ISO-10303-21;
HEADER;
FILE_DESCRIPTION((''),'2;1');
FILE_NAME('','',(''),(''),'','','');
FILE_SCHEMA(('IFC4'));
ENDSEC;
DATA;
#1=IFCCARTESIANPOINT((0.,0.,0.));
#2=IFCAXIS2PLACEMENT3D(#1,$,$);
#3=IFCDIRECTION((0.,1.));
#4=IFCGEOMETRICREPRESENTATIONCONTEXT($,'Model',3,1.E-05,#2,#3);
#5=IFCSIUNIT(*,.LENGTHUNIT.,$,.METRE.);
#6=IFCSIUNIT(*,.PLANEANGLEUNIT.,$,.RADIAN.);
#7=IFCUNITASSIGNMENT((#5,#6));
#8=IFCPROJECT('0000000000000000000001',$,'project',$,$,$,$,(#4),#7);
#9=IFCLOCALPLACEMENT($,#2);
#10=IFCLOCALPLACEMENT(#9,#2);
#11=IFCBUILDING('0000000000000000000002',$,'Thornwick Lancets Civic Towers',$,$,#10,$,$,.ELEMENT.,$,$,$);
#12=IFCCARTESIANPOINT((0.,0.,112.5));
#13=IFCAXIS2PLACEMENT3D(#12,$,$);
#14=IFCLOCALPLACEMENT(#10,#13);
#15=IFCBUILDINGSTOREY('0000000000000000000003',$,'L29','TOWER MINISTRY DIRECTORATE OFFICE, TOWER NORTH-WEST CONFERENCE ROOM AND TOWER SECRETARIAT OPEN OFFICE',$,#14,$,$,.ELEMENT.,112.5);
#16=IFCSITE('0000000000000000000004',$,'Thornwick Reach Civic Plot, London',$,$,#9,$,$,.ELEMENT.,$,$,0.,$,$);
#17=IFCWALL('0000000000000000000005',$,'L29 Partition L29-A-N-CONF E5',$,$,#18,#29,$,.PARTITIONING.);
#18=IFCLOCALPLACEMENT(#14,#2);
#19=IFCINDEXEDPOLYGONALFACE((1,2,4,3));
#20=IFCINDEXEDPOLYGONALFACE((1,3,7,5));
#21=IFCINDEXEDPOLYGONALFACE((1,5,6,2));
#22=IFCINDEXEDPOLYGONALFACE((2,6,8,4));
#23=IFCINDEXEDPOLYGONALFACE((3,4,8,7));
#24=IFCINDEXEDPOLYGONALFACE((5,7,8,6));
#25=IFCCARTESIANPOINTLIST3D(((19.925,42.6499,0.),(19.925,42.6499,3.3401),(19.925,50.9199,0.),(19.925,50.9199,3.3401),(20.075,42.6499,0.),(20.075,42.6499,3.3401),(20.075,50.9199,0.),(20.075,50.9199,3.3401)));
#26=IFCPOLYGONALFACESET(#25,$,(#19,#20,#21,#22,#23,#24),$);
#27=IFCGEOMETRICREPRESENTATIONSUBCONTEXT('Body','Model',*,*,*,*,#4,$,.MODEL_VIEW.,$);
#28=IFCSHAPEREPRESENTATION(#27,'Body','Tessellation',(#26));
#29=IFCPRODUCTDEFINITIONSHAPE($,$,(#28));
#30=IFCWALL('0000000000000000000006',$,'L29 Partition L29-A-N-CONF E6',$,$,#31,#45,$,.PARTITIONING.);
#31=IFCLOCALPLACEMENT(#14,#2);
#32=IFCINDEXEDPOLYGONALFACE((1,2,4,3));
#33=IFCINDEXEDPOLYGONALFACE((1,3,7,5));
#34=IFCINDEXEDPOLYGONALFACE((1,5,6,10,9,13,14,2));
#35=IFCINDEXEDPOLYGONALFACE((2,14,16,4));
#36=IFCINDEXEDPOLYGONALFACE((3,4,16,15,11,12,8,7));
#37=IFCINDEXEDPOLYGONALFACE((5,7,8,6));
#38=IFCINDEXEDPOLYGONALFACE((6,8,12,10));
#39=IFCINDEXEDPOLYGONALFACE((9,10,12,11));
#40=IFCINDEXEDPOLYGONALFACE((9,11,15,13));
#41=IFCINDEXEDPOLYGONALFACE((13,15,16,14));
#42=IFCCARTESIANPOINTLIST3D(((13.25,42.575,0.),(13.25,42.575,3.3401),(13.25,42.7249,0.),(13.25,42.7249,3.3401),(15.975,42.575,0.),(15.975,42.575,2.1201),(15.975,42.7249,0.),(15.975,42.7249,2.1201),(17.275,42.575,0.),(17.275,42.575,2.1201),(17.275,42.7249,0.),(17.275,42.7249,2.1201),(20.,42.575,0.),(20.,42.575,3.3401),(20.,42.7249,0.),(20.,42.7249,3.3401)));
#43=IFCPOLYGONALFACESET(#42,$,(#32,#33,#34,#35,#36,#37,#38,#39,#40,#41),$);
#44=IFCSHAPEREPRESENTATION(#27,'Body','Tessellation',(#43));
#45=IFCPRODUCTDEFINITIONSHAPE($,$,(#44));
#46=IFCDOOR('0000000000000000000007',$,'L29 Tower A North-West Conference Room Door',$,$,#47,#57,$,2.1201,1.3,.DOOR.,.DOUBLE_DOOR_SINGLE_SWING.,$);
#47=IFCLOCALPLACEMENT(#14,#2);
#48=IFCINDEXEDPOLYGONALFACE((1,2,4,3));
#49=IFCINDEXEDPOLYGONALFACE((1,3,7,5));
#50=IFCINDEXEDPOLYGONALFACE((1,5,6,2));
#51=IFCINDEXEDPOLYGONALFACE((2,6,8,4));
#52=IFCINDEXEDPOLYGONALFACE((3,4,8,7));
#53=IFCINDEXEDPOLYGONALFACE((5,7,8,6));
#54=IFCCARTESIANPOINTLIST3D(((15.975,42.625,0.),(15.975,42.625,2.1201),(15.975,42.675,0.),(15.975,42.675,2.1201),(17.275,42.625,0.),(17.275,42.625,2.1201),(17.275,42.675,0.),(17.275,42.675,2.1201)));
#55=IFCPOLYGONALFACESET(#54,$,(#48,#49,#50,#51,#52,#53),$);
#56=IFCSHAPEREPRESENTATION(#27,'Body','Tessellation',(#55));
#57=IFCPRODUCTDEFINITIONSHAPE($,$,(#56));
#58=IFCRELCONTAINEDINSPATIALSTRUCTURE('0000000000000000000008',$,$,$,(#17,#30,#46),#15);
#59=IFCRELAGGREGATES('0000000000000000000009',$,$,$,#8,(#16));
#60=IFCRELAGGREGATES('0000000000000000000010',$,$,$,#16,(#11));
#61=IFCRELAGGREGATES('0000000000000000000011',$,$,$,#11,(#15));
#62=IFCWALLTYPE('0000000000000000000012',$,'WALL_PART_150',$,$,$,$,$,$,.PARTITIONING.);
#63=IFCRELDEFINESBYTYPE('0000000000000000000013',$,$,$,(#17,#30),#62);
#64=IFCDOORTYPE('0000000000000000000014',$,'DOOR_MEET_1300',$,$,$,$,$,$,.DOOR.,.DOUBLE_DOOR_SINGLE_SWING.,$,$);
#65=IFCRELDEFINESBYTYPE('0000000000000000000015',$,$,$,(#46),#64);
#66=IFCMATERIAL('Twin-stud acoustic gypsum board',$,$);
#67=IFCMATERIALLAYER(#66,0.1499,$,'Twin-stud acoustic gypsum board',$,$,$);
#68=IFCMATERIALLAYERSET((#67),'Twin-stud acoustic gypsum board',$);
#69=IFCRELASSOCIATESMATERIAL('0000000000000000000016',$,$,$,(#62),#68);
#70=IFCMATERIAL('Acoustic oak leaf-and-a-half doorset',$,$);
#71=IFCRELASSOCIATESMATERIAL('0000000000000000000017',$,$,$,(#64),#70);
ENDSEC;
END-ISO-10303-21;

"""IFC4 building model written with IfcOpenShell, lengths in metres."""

from ifc_helpers import new_model, si_unit, direction, frame, frame_2d, origin, place, context, subcontext, project, spatial, rectangle, extrude, material, layer, layer_set, type_object, element, fill, save


model = new_model("IFC4")

# Units and contexts
model_context = context("Model", 3, precision=1e-05, world=origin(), true_north=direction((0.0, 1.0)))
body_context = subcontext(model_context, "Body", "Model", "MODEL_VIEW")
ifc_project = project(units=[si_unit("LENGTHUNIT", "METRE"), si_unit("PLANEANGLEUNIT", "RADIAN")], contexts=[model_context])

# Site, building, storey
site_placement = place(None, origin())
site = spatial("IfcSite", under=ifc_project, at=site_placement, Name="Thornwick Reach Civic Plot, London", CompositionType="ELEMENT", RefElevation=0.0)
building_placement = place(site_placement, origin())
building = spatial("IfcBuilding", under=site, at=building_placement, Name="Thornwick Lancets Civic Towers", CompositionType="ELEMENT")
storey_placement = place(building_placement, frame((0.0, 0.0, 112.5)))
storey = spatial("IfcBuildingStorey", under=building, at=storey_placement, Name="L29", Description="TOWER MINISTRY DIRECTORATE OFFICE, TOWER NORTH-WEST CONFERENCE ROOM AND TOWER SECRETARIAT OPEN OFFICE", CompositionType="ELEMENT", Elevation=112.5)

# Wall
ifc_material_1 = material(Name="Twin-stud acoustic gypsum board")
ifc_layer_1 = layer(ifc_material_1, 0.1499, Name="Twin-stud acoustic gypsum board")
ifc_layer_set_1 = layer_set([ifc_layer_1], Name="Twin-stud acoustic gypsum board")
wall_type_1 = type_object("IfcWallType", Name="WALL_PART_150", PredefinedType="PARTITIONING", material=ifc_layer_set_1)
wall_1_placement = place(storey_placement, frame((20.0, 50.9199, 0.0), z_axis=(0.0, 0.0, 1.0), x_axis=(0.0, -1.0, 0.0)))
element("IfcWall", 1, at=wall_1_placement, inside=storey, type_object=wall_type_1, Name="L29 Partition L29-A-N-CONF E5", PredefinedType="PARTITIONING", context=body_context, shape_type="SweptSolid", body=[
    extrude(rectangle(XDim=8.27, YDim=0.1499, at=frame_2d((4.135, 0.0))), origin(), (0.0, 0.0, 1.0), 3.3401),
])

# Wall, opening, door
wall_2_placement = place(storey_placement, frame((20.0, 42.6499, 0.0), z_axis=(0.0, 0.0, 1.0), x_axis=(-1.0, 0.0, 0.0)))
wall_2 = element("IfcWall", 2, at=wall_2_placement, inside=storey, type_object=wall_type_1, Name="L29 Partition L29-A-N-CONF E6", PredefinedType="PARTITIONING", context=body_context, shape_type="SweptSolid", body=[
    extrude(rectangle(XDim=6.75, YDim=0.1499, at=frame_2d((3.375, 0.0))), origin(), (0.0, 0.0, 1.0), 3.3401),
])
opening_1_placement = place(wall_2_placement, frame((2.7251, 0.0, 0.0)))
opening_1 = element("IfcOpeningElement", 3, at=opening_1_placement, cuts=wall_2, PredefinedType="OPENING", context=body_context, shape_type="SweptSolid", body=[
    extrude(rectangle(XDim=1.3, YDim=2.1201, at=frame_2d((0.6499, 1.0601))), frame((0.0, 0.085, 0.0), z_axis=(0.0, -1.0, 0.0), x_axis=(1.0, 0.0, 0.0)), (0.0, 0.0, 1.0), 0.1699),
])
ifc_material_2 = material(Name="Acoustic oak leaf-and-a-half doorset")
door_type_1 = type_object("IfcDoorType", Name="DOOR_MEET_1300", OperationType="DOUBLE_DOOR_SINGLE_SWING", PredefinedType="DOOR", material=ifc_material_2)
door_1_placement = place(opening_1_placement, origin())
door_1 = element("IfcDoor", 4, at=door_1_placement, inside=storey, type_object=door_type_1, Name="L29 Tower A North-West Conference Room Door", OperationType="DOUBLE_DOOR_SINGLE_SWING", OverallHeight=2.1201, OverallWidth=1.3, PredefinedType="DOOR", context=body_context, shape_type="SweptSolid", body=[
    extrude(rectangle(XDim=1.3, YDim=2.1201, at=frame_2d((0.6499, 1.0601))), frame((0.0, 0.0249, 0.0), z_axis=(0.0, -1.0, 0.0), x_axis=(1.0, 0.0, 0.0)), (0.0, 0.0, 1.0), 0.05),
])
fill(opening_1, door_1)

save(model, "model.ifc")
